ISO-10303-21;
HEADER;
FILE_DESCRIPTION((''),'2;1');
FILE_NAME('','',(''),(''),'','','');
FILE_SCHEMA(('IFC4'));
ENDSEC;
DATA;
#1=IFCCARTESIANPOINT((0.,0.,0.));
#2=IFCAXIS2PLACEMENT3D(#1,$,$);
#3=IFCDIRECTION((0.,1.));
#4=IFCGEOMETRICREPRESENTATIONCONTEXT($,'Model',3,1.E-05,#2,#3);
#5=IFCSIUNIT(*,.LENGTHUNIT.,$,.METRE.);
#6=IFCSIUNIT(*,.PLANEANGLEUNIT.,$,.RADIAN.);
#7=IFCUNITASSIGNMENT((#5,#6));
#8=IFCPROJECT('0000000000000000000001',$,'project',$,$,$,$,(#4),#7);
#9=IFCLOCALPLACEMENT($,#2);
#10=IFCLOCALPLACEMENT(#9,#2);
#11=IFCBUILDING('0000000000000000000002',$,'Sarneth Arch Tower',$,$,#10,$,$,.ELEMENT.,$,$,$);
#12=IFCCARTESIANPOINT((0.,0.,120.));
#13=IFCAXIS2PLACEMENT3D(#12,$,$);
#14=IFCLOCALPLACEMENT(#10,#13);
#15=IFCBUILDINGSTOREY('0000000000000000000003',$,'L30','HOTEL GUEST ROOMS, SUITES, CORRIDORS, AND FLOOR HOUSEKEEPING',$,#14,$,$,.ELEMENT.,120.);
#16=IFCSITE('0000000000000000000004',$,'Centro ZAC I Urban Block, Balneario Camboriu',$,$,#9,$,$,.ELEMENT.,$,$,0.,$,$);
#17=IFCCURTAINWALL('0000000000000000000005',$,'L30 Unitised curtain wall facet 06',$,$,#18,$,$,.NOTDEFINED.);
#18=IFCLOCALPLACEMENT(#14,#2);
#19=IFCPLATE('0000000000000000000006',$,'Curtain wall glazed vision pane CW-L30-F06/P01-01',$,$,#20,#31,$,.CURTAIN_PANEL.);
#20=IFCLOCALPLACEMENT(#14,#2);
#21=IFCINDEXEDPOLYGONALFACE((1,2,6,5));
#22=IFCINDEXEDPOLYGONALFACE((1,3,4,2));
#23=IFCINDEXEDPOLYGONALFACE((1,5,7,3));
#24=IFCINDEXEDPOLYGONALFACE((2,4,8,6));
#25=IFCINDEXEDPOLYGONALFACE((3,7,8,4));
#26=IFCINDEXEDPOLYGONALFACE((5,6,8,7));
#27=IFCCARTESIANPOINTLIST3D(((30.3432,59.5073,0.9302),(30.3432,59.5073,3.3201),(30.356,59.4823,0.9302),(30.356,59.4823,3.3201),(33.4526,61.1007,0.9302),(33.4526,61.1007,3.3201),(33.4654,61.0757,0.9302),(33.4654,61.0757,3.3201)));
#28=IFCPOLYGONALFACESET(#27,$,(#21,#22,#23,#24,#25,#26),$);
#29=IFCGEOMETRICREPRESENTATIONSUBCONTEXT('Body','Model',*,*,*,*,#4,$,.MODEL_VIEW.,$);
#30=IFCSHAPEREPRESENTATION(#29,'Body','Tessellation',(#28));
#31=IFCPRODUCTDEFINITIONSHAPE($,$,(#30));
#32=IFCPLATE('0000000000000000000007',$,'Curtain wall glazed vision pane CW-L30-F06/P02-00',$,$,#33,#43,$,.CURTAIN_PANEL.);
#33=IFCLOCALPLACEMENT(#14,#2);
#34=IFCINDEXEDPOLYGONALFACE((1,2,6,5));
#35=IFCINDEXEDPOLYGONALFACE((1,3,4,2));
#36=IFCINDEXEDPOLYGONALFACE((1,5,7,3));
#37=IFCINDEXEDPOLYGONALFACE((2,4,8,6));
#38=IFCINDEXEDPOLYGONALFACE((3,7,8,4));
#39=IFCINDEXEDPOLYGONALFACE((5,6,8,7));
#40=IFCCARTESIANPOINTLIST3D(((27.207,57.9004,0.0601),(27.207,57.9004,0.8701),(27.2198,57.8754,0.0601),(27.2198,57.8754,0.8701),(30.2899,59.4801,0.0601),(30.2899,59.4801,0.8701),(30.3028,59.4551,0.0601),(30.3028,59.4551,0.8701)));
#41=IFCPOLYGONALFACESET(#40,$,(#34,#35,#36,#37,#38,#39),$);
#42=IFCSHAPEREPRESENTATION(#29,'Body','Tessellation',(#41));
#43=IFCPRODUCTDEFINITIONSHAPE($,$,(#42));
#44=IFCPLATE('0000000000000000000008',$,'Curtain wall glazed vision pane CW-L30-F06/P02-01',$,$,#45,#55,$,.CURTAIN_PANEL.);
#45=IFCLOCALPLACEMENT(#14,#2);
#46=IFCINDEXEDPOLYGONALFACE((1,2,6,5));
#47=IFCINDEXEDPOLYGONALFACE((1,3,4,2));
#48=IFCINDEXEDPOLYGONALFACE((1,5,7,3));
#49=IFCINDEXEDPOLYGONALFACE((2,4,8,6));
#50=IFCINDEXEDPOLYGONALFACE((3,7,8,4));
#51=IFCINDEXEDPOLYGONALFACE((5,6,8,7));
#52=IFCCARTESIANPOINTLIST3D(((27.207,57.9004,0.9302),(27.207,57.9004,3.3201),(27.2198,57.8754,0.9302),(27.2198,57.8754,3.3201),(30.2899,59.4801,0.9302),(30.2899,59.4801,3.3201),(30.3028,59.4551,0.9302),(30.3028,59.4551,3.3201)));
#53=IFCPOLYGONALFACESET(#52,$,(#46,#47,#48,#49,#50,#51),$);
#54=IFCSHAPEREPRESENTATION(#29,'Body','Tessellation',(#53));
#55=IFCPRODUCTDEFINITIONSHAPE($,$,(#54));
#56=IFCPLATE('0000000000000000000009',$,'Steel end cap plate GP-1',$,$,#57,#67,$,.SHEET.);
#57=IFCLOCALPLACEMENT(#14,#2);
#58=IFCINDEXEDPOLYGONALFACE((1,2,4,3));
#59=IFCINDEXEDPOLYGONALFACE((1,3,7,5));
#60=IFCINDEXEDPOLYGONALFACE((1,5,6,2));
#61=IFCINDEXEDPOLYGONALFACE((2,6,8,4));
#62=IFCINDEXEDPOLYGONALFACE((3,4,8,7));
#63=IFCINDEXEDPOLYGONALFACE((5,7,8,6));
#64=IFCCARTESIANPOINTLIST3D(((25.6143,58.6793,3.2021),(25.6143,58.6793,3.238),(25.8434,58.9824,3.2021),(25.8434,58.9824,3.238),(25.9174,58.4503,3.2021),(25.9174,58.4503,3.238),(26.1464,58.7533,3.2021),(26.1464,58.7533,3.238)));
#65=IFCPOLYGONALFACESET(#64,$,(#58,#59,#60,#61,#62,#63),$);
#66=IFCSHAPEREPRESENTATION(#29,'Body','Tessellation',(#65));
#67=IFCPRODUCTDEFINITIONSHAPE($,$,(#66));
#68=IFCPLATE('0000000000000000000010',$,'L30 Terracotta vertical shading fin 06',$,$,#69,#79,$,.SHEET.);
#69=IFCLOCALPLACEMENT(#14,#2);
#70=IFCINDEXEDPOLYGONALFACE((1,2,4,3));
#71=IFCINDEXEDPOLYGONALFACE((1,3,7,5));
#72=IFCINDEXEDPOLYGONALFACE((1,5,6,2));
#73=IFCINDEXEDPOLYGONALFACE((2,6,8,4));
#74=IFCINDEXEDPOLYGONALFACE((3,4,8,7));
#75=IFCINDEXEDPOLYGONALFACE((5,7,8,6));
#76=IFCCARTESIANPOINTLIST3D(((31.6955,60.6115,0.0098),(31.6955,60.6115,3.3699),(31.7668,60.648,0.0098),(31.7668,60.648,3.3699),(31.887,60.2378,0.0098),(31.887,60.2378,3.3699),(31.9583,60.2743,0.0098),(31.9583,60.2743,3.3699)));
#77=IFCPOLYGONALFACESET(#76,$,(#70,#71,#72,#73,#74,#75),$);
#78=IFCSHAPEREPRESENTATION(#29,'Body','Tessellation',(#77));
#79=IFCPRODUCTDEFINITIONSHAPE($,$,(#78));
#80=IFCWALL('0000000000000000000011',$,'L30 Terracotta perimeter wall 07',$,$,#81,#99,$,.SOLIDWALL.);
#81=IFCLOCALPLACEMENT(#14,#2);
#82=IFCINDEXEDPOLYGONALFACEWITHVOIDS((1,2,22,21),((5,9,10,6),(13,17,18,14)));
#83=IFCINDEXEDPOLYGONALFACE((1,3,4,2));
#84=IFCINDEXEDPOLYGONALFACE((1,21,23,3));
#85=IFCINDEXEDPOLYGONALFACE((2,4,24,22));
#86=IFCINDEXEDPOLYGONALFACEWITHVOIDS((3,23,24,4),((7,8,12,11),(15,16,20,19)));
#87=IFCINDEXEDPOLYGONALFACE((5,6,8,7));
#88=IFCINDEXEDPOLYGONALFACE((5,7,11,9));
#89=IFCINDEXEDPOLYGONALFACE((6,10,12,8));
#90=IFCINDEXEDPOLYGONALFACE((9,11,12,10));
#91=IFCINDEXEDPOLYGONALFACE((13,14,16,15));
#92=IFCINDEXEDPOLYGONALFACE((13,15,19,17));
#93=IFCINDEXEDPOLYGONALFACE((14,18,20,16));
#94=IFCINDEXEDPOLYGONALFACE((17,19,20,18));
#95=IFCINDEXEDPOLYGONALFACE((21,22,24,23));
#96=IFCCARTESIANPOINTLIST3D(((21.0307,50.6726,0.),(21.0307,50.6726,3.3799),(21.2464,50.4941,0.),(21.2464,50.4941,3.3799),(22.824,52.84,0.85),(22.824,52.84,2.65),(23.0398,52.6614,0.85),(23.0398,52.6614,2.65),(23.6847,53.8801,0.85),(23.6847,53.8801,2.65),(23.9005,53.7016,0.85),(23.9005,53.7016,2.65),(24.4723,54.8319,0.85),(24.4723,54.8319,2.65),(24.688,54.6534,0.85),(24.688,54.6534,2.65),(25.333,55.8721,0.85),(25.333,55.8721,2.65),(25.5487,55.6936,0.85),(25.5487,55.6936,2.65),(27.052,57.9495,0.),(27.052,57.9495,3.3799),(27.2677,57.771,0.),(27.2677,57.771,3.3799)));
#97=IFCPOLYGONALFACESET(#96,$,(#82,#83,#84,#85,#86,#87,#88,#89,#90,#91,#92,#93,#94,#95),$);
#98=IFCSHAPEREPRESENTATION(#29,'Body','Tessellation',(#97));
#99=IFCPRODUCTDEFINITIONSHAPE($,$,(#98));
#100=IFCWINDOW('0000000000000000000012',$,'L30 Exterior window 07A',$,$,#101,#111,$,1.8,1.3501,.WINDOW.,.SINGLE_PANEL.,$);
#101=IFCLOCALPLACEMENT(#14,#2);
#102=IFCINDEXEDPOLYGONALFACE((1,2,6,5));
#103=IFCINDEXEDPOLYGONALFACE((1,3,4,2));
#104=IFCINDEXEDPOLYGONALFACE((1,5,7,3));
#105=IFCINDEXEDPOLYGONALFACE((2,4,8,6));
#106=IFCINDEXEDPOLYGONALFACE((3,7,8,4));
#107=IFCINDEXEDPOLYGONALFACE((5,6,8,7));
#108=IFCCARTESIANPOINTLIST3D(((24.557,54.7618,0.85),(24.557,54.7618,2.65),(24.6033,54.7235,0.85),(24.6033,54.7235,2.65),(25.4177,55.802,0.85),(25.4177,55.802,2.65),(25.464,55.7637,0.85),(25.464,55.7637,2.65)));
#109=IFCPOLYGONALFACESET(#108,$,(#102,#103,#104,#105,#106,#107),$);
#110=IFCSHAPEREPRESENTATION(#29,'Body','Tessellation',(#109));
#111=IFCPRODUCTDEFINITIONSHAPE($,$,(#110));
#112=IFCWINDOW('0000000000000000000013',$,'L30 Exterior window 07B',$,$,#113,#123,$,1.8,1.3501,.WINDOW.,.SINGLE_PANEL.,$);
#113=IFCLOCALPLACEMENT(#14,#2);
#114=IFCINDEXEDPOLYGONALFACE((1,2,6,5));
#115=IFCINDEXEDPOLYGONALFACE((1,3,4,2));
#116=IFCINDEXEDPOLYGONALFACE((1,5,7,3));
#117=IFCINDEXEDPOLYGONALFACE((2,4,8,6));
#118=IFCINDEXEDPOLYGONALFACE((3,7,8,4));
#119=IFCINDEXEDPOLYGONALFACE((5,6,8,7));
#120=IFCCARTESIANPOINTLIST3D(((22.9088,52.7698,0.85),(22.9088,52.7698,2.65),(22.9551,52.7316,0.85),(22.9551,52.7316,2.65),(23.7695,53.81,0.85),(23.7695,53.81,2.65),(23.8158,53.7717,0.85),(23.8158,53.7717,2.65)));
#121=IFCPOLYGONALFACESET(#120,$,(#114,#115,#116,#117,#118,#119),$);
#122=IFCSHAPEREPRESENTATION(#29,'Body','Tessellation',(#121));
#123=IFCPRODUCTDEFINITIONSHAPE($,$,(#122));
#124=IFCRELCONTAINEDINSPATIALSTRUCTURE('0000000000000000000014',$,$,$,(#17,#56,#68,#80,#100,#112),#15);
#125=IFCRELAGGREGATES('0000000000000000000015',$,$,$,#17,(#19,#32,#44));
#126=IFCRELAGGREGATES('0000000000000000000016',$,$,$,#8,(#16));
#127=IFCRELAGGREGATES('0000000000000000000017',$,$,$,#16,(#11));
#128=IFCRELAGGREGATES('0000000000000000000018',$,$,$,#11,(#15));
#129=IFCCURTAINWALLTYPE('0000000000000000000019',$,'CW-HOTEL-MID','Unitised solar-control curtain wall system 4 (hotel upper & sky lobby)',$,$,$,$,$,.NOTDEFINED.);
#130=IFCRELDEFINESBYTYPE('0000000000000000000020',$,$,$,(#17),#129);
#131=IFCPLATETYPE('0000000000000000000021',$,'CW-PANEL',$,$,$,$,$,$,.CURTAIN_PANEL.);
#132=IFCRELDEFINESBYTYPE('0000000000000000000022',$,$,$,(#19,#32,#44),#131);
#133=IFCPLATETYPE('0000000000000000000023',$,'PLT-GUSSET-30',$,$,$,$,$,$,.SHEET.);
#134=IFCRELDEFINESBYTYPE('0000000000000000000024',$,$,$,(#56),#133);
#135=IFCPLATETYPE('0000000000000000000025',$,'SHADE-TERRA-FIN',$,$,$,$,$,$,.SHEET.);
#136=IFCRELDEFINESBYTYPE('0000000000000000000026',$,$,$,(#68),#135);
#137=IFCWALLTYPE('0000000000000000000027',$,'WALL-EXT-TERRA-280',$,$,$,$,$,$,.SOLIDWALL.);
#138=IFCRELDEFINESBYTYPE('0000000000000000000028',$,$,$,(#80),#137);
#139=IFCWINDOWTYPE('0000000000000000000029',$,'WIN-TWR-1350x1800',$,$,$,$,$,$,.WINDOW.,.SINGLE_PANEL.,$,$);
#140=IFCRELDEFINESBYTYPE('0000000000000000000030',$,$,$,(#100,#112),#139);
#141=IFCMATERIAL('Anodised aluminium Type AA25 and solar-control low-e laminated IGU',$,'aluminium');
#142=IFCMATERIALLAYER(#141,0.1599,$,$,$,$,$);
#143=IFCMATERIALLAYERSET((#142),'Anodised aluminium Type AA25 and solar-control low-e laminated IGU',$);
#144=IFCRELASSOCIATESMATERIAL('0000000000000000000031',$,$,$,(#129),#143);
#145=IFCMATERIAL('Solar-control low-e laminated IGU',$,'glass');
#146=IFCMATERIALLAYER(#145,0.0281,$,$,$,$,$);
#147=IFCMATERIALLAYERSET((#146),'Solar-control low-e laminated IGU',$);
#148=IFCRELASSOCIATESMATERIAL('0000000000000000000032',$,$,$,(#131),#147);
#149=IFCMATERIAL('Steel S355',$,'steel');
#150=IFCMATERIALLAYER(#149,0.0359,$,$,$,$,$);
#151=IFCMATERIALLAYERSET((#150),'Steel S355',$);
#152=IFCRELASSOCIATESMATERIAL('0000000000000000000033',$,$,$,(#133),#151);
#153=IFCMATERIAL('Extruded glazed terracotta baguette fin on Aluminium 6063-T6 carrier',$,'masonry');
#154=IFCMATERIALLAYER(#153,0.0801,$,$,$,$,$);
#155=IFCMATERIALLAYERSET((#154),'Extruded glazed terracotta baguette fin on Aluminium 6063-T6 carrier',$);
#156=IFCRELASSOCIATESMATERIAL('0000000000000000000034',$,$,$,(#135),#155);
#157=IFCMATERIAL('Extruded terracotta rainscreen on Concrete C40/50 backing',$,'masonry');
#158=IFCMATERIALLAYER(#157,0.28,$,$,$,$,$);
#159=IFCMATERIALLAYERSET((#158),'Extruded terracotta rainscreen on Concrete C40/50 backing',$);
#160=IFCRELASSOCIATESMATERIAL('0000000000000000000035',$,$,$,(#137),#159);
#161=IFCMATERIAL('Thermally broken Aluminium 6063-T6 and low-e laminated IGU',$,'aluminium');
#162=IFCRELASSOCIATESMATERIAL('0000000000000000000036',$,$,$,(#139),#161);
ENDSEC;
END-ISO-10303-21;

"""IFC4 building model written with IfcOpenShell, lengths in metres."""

from ifc_helpers import new_model, si_unit, direction, frame, frame_2d, origin, origin_2d, place, context, subcontext, project, spatial, rectangle, extrude, material, layer, layer_set, type_object, element, fill, aggregate, save


model = new_model("IFC4")

# Units and contexts
model_context = context("Model", 3, precision=1e-05, world=origin(), true_north=direction((0.0, 1.0)))
body_context = subcontext(model_context, "Body", "Model", "MODEL_VIEW")
ifc_project = project(units=[si_unit("LENGTHUNIT", "METRE"), si_unit("PLANEANGLEUNIT", "RADIAN")], contexts=[model_context])

# Site, building, storey
site_placement = place(None, origin())
site = spatial("IfcSite", under=ifc_project, at=site_placement, Name="Centro ZAC I Urban Block, Balneario Camboriu", CompositionType="ELEMENT", RefElevation=0.0)
building_placement = place(site_placement, origin())
building = spatial("IfcBuilding", under=site, at=building_placement, Name="Sarneth Arch Tower", CompositionType="ELEMENT")
storey_placement = place(building_placement, frame((0.0, 0.0, 120.0)))
storey = spatial("IfcBuildingStorey", under=building, at=storey_placement, Name="L30", Description="HOTEL GUEST ROOMS, SUITES, CORRIDORS, AND FLOOR HOUSEKEEPING", CompositionType="ELEMENT", Elevation=120.0)

# Curtain wall
ifc_material_1 = material(Name="Anodised aluminium Type AA25 and solar-control low-e laminated IGU", Category="aluminium")
ifc_layer_1 = layer(ifc_material_1, 0.1599)
ifc_layer_set_1 = layer_set([ifc_layer_1], Name="Anodised aluminium Type AA25 and solar-control low-e laminated IGU")
curtain_wall_type = type_object("IfcCurtainWallType", Name="CW-HOTEL-MID", Description="Unitised solar-control curtain wall system 4 (hotel upper & sky lobby)", PredefinedType="NOTDEFINED", material=ifc_layer_set_1)
curtain_wall_placement = place(storey_placement, origin())
curtain_wall = element("IfcCurtainWall", 1, at=curtain_wall_placement, inside=storey, type_object=curtain_wall_type, Name="L30 Unitised curtain wall facet 06", PredefinedType="NOTDEFINED")

# Plates
ifc_material_2 = material(Name="Solar-control low-e laminated IGU", Category="glass")
ifc_layer_2 = layer(ifc_material_2, 0.0281)
ifc_layer_set_2 = layer_set([ifc_layer_2], Name="Solar-control low-e laminated IGU")
plate_type_1 = type_object("IfcPlateType", Name="CW-PANEL", PredefinedType="CURTAIN_PANEL", material=ifc_layer_set_2)
plate_1_placement = place(storey_placement, frame((31.9043, 60.2915, 0.9302), z_axis=(0.0, 0.0, 1.0), x_axis=(-0.889964, -0.456031, 0.0)))
plate_1 = element("IfcPlate", 2, at=plate_1_placement, type_object=plate_type_1, Name="Curtain wall glazed vision pane CW-L30-F06/P01-01", PredefinedType="CURTAIN_PANEL", context=body_context, shape_type="SweptSolid", body=[
    extrude(rectangle(XDim=3.4939, YDim=0.0281, at=origin_2d()), origin(), (0.0, 0.0, 1.0), 2.3899),
])
plate_2_placement = place(storey_placement, frame((28.7549, 58.6777, 0.0601), z_axis=(0.0, 0.0, 1.0), x_axis=(-0.889964, -0.456031, 0.0)))
plate_2 = element("IfcPlate", 3, at=plate_2_placement, type_object=plate_type_1, Name="Curtain wall glazed vision pane CW-L30-F06/P02-00", PredefinedType="CURTAIN_PANEL", context=body_context, shape_type="SweptSolid", body=[
    extrude(rectangle(XDim=3.4641, YDim=0.0281, at=origin_2d()), origin(), (0.0, 0.0, 1.0), 0.8101),
])
plate_3_placement = place(storey_placement, frame((28.7549, 58.6777, 0.9302), z_axis=(0.0, 0.0, 1.0), x_axis=(-0.889964, -0.456031, 0.0)))
plate_3 = element("IfcPlate", 4, at=plate_3_placement, type_object=plate_type_1, Name="Curtain wall glazed vision pane CW-L30-F06/P02-01", PredefinedType="CURTAIN_PANEL", context=body_context, shape_type="SweptSolid", body=[
    extrude(rectangle(XDim=3.4641, YDim=0.0281, at=origin_2d()), origin(), (0.0, 0.0, 1.0), 2.3899),
])
aggregate(curtain_wall, [plate_1, plate_2, plate_3])

# Plates
ifc_material_3 = material(Name="Steel S355", Category="steel")
ifc_layer_3 = layer(ifc_material_3, 0.0359)
ifc_layer_set_3 = layer_set([ifc_layer_3], Name="Steel S355")
plate_type_2 = type_object("IfcPlateType", Name="PLT-GUSSET-30", PredefinedType="SHEET", material=ifc_layer_set_3)
plate_4_placement = place(storey_placement, frame((25.8804, 58.7163, 3.2021), z_axis=(0.0, 0.0, 1.0), x_axis=(-0.797794, 0.60293, 0.0)))
element("IfcPlate", 5, at=plate_4_placement, inside=storey, type_object=plate_type_2, Name="Steel end cap plate GP-1", PredefinedType="SHEET", context=body_context, shape_type="SweptSolid", body=[
    extrude(rectangle(XDim=0.3799, YDim=0.3799, at=origin_2d()), origin(), (0.0, 0.0, 1.0), 0.0359),
])
ifc_material_4 = material(Name="Extruded glazed terracotta baguette fin on Aluminium 6063-T6 carrier", Category="masonry")
ifc_layer_4 = layer(ifc_material_4, 0.0801)
ifc_layer_set_4 = layer_set([ifc_layer_4], Name="Extruded glazed terracotta baguette fin on Aluminium 6063-T6 carrier")
plate_type_3 = type_object("IfcPlateType", Name="SHADE-TERRA-FIN", PredefinedType="SHEET", material=ifc_layer_set_4)
plate_5_placement = place(storey_placement, frame((31.8269, 60.4429, 0.0098), z_axis=(0.0, 0.0, 1.0), x_axis=(-0.456011, 0.889974, 0.0)))
element("IfcPlate", 6, at=plate_5_placement, inside=storey, type_object=plate_type_3, Name="L30 Terracotta vertical shading fin 06", PredefinedType="SHEET", context=body_context, shape_type="SweptSolid", body=[
    extrude(rectangle(XDim=0.4199, YDim=0.0801, at=origin_2d()), origin(), (0.0, 0.0, 1.0), 3.3601),
])

# Wall, openings, windows
ifc_material_5 = material(Name="Extruded terracotta rainscreen on Concrete C40/50 backing", Category="masonry")
ifc_layer_5 = layer(ifc_material_5, 0.28)
ifc_layer_set_5 = layer_set([ifc_layer_5], Name="Extruded terracotta rainscreen on Concrete C40/50 backing")
wall_type = type_object("IfcWallType", Name="WALL-EXT-TERRA-280", PredefinedType="SOLIDWALL", material=ifc_layer_set_5)
wall_placement = place(storey_placement, frame((27.1599, 57.8604, 0.0), z_axis=(0.0, 0.0, 1.0), x_axis=(-0.637506, -0.770446, 0.0)))
wall = element("IfcWall", 7, at=wall_placement, inside=storey, type_object=wall_type, Name="L30 Terracotta perimeter wall 07", PredefinedType="SOLIDWALL", context=body_context, shape_type="SweptSolid", body=[
    extrude(rectangle(XDim=9.4451, YDim=0.28, at=frame_2d((4.7227, 0.0))), origin(), (0.0, 0.0, 1.0), 3.3799),
])
opening_1_placement = place(wall_placement, frame((2.6965, 0.0, 0.8501)))
opening_1 = element("IfcOpeningElement", 8, at=opening_1_placement, cuts=wall, PredefinedType="OPENING", context=body_context, shape_type="SweptSolid", body=[
    extrude(rectangle(XDim=1.3501, YDim=1.8, at=frame_2d((0.675, 0.8999))), frame((0.0, 0.1499, 0.0), z_axis=(0.0, -1.0, 0.0), x_axis=(1.0, 0.0, 0.0)), (0.0, 0.0, 1.0), 0.3),
])
opening_2_placement = place(wall_placement, frame((5.282, 0.0, 0.8501)))
opening_2 = element("IfcOpeningElement", 9, at=opening_2_placement, cuts=wall, PredefinedType="OPENING", context=body_context, shape_type="SweptSolid", body=[
    extrude(rectangle(XDim=1.3501, YDim=1.8, at=frame_2d((0.675, 0.8999))), frame((0.0, 0.1499, 0.0), z_axis=(0.0, -1.0, 0.0), x_axis=(1.0, 0.0, 0.0)), (0.0, 0.0, 1.0), 0.3),
])
ifc_material_6 = material(Name="Thermally broken Aluminium 6063-T6 and low-e laminated IGU", Category="aluminium")
window_type = type_object("IfcWindowType", Name="WIN-TWR-1350x1800", PartitioningType="SINGLE_PANEL", PredefinedType="WINDOW", material=ifc_material_6)
window_1_placement = place(opening_1_placement, origin())
window_1 = element("IfcWindow", 10, at=window_1_placement, inside=storey, type_object=window_type, Name="L30 Exterior window 07A", OverallHeight=1.8, OverallWidth=1.3501, PartitioningType="SINGLE_PANEL", PredefinedType="WINDOW", context=body_context, shape_type="SweptSolid", body=[
    extrude(rectangle(XDim=1.3501, YDim=1.8, at=frame_2d((0.675, 0.8999))), frame((0.0, 0.03, 0.0), z_axis=(0.0, -1.0, 0.0), x_axis=(1.0, 0.0, 0.0)), (0.0, 0.0, 1.0), 0.0601),
])
fill(opening_1, window_1)
window_2_placement = place(opening_2_placement, origin())
window_2 = element("IfcWindow", 11, at=window_2_placement, inside=storey, type_object=window_type, Name="L30 Exterior window 07B", OverallHeight=1.8, OverallWidth=1.3501, PartitioningType="SINGLE_PANEL", PredefinedType="WINDOW", context=body_context, shape_type="SweptSolid", body=[
    extrude(rectangle(XDim=1.3501, YDim=1.8, at=frame_2d((0.675, 0.8999))), frame((0.0, 0.03, 0.0), z_axis=(0.0, -1.0, 0.0), x_axis=(1.0, 0.0, 0.0)), (0.0, 0.0, 1.0), 0.0601),
])
fill(opening_2, window_2)

save(model, "model.ifc")
